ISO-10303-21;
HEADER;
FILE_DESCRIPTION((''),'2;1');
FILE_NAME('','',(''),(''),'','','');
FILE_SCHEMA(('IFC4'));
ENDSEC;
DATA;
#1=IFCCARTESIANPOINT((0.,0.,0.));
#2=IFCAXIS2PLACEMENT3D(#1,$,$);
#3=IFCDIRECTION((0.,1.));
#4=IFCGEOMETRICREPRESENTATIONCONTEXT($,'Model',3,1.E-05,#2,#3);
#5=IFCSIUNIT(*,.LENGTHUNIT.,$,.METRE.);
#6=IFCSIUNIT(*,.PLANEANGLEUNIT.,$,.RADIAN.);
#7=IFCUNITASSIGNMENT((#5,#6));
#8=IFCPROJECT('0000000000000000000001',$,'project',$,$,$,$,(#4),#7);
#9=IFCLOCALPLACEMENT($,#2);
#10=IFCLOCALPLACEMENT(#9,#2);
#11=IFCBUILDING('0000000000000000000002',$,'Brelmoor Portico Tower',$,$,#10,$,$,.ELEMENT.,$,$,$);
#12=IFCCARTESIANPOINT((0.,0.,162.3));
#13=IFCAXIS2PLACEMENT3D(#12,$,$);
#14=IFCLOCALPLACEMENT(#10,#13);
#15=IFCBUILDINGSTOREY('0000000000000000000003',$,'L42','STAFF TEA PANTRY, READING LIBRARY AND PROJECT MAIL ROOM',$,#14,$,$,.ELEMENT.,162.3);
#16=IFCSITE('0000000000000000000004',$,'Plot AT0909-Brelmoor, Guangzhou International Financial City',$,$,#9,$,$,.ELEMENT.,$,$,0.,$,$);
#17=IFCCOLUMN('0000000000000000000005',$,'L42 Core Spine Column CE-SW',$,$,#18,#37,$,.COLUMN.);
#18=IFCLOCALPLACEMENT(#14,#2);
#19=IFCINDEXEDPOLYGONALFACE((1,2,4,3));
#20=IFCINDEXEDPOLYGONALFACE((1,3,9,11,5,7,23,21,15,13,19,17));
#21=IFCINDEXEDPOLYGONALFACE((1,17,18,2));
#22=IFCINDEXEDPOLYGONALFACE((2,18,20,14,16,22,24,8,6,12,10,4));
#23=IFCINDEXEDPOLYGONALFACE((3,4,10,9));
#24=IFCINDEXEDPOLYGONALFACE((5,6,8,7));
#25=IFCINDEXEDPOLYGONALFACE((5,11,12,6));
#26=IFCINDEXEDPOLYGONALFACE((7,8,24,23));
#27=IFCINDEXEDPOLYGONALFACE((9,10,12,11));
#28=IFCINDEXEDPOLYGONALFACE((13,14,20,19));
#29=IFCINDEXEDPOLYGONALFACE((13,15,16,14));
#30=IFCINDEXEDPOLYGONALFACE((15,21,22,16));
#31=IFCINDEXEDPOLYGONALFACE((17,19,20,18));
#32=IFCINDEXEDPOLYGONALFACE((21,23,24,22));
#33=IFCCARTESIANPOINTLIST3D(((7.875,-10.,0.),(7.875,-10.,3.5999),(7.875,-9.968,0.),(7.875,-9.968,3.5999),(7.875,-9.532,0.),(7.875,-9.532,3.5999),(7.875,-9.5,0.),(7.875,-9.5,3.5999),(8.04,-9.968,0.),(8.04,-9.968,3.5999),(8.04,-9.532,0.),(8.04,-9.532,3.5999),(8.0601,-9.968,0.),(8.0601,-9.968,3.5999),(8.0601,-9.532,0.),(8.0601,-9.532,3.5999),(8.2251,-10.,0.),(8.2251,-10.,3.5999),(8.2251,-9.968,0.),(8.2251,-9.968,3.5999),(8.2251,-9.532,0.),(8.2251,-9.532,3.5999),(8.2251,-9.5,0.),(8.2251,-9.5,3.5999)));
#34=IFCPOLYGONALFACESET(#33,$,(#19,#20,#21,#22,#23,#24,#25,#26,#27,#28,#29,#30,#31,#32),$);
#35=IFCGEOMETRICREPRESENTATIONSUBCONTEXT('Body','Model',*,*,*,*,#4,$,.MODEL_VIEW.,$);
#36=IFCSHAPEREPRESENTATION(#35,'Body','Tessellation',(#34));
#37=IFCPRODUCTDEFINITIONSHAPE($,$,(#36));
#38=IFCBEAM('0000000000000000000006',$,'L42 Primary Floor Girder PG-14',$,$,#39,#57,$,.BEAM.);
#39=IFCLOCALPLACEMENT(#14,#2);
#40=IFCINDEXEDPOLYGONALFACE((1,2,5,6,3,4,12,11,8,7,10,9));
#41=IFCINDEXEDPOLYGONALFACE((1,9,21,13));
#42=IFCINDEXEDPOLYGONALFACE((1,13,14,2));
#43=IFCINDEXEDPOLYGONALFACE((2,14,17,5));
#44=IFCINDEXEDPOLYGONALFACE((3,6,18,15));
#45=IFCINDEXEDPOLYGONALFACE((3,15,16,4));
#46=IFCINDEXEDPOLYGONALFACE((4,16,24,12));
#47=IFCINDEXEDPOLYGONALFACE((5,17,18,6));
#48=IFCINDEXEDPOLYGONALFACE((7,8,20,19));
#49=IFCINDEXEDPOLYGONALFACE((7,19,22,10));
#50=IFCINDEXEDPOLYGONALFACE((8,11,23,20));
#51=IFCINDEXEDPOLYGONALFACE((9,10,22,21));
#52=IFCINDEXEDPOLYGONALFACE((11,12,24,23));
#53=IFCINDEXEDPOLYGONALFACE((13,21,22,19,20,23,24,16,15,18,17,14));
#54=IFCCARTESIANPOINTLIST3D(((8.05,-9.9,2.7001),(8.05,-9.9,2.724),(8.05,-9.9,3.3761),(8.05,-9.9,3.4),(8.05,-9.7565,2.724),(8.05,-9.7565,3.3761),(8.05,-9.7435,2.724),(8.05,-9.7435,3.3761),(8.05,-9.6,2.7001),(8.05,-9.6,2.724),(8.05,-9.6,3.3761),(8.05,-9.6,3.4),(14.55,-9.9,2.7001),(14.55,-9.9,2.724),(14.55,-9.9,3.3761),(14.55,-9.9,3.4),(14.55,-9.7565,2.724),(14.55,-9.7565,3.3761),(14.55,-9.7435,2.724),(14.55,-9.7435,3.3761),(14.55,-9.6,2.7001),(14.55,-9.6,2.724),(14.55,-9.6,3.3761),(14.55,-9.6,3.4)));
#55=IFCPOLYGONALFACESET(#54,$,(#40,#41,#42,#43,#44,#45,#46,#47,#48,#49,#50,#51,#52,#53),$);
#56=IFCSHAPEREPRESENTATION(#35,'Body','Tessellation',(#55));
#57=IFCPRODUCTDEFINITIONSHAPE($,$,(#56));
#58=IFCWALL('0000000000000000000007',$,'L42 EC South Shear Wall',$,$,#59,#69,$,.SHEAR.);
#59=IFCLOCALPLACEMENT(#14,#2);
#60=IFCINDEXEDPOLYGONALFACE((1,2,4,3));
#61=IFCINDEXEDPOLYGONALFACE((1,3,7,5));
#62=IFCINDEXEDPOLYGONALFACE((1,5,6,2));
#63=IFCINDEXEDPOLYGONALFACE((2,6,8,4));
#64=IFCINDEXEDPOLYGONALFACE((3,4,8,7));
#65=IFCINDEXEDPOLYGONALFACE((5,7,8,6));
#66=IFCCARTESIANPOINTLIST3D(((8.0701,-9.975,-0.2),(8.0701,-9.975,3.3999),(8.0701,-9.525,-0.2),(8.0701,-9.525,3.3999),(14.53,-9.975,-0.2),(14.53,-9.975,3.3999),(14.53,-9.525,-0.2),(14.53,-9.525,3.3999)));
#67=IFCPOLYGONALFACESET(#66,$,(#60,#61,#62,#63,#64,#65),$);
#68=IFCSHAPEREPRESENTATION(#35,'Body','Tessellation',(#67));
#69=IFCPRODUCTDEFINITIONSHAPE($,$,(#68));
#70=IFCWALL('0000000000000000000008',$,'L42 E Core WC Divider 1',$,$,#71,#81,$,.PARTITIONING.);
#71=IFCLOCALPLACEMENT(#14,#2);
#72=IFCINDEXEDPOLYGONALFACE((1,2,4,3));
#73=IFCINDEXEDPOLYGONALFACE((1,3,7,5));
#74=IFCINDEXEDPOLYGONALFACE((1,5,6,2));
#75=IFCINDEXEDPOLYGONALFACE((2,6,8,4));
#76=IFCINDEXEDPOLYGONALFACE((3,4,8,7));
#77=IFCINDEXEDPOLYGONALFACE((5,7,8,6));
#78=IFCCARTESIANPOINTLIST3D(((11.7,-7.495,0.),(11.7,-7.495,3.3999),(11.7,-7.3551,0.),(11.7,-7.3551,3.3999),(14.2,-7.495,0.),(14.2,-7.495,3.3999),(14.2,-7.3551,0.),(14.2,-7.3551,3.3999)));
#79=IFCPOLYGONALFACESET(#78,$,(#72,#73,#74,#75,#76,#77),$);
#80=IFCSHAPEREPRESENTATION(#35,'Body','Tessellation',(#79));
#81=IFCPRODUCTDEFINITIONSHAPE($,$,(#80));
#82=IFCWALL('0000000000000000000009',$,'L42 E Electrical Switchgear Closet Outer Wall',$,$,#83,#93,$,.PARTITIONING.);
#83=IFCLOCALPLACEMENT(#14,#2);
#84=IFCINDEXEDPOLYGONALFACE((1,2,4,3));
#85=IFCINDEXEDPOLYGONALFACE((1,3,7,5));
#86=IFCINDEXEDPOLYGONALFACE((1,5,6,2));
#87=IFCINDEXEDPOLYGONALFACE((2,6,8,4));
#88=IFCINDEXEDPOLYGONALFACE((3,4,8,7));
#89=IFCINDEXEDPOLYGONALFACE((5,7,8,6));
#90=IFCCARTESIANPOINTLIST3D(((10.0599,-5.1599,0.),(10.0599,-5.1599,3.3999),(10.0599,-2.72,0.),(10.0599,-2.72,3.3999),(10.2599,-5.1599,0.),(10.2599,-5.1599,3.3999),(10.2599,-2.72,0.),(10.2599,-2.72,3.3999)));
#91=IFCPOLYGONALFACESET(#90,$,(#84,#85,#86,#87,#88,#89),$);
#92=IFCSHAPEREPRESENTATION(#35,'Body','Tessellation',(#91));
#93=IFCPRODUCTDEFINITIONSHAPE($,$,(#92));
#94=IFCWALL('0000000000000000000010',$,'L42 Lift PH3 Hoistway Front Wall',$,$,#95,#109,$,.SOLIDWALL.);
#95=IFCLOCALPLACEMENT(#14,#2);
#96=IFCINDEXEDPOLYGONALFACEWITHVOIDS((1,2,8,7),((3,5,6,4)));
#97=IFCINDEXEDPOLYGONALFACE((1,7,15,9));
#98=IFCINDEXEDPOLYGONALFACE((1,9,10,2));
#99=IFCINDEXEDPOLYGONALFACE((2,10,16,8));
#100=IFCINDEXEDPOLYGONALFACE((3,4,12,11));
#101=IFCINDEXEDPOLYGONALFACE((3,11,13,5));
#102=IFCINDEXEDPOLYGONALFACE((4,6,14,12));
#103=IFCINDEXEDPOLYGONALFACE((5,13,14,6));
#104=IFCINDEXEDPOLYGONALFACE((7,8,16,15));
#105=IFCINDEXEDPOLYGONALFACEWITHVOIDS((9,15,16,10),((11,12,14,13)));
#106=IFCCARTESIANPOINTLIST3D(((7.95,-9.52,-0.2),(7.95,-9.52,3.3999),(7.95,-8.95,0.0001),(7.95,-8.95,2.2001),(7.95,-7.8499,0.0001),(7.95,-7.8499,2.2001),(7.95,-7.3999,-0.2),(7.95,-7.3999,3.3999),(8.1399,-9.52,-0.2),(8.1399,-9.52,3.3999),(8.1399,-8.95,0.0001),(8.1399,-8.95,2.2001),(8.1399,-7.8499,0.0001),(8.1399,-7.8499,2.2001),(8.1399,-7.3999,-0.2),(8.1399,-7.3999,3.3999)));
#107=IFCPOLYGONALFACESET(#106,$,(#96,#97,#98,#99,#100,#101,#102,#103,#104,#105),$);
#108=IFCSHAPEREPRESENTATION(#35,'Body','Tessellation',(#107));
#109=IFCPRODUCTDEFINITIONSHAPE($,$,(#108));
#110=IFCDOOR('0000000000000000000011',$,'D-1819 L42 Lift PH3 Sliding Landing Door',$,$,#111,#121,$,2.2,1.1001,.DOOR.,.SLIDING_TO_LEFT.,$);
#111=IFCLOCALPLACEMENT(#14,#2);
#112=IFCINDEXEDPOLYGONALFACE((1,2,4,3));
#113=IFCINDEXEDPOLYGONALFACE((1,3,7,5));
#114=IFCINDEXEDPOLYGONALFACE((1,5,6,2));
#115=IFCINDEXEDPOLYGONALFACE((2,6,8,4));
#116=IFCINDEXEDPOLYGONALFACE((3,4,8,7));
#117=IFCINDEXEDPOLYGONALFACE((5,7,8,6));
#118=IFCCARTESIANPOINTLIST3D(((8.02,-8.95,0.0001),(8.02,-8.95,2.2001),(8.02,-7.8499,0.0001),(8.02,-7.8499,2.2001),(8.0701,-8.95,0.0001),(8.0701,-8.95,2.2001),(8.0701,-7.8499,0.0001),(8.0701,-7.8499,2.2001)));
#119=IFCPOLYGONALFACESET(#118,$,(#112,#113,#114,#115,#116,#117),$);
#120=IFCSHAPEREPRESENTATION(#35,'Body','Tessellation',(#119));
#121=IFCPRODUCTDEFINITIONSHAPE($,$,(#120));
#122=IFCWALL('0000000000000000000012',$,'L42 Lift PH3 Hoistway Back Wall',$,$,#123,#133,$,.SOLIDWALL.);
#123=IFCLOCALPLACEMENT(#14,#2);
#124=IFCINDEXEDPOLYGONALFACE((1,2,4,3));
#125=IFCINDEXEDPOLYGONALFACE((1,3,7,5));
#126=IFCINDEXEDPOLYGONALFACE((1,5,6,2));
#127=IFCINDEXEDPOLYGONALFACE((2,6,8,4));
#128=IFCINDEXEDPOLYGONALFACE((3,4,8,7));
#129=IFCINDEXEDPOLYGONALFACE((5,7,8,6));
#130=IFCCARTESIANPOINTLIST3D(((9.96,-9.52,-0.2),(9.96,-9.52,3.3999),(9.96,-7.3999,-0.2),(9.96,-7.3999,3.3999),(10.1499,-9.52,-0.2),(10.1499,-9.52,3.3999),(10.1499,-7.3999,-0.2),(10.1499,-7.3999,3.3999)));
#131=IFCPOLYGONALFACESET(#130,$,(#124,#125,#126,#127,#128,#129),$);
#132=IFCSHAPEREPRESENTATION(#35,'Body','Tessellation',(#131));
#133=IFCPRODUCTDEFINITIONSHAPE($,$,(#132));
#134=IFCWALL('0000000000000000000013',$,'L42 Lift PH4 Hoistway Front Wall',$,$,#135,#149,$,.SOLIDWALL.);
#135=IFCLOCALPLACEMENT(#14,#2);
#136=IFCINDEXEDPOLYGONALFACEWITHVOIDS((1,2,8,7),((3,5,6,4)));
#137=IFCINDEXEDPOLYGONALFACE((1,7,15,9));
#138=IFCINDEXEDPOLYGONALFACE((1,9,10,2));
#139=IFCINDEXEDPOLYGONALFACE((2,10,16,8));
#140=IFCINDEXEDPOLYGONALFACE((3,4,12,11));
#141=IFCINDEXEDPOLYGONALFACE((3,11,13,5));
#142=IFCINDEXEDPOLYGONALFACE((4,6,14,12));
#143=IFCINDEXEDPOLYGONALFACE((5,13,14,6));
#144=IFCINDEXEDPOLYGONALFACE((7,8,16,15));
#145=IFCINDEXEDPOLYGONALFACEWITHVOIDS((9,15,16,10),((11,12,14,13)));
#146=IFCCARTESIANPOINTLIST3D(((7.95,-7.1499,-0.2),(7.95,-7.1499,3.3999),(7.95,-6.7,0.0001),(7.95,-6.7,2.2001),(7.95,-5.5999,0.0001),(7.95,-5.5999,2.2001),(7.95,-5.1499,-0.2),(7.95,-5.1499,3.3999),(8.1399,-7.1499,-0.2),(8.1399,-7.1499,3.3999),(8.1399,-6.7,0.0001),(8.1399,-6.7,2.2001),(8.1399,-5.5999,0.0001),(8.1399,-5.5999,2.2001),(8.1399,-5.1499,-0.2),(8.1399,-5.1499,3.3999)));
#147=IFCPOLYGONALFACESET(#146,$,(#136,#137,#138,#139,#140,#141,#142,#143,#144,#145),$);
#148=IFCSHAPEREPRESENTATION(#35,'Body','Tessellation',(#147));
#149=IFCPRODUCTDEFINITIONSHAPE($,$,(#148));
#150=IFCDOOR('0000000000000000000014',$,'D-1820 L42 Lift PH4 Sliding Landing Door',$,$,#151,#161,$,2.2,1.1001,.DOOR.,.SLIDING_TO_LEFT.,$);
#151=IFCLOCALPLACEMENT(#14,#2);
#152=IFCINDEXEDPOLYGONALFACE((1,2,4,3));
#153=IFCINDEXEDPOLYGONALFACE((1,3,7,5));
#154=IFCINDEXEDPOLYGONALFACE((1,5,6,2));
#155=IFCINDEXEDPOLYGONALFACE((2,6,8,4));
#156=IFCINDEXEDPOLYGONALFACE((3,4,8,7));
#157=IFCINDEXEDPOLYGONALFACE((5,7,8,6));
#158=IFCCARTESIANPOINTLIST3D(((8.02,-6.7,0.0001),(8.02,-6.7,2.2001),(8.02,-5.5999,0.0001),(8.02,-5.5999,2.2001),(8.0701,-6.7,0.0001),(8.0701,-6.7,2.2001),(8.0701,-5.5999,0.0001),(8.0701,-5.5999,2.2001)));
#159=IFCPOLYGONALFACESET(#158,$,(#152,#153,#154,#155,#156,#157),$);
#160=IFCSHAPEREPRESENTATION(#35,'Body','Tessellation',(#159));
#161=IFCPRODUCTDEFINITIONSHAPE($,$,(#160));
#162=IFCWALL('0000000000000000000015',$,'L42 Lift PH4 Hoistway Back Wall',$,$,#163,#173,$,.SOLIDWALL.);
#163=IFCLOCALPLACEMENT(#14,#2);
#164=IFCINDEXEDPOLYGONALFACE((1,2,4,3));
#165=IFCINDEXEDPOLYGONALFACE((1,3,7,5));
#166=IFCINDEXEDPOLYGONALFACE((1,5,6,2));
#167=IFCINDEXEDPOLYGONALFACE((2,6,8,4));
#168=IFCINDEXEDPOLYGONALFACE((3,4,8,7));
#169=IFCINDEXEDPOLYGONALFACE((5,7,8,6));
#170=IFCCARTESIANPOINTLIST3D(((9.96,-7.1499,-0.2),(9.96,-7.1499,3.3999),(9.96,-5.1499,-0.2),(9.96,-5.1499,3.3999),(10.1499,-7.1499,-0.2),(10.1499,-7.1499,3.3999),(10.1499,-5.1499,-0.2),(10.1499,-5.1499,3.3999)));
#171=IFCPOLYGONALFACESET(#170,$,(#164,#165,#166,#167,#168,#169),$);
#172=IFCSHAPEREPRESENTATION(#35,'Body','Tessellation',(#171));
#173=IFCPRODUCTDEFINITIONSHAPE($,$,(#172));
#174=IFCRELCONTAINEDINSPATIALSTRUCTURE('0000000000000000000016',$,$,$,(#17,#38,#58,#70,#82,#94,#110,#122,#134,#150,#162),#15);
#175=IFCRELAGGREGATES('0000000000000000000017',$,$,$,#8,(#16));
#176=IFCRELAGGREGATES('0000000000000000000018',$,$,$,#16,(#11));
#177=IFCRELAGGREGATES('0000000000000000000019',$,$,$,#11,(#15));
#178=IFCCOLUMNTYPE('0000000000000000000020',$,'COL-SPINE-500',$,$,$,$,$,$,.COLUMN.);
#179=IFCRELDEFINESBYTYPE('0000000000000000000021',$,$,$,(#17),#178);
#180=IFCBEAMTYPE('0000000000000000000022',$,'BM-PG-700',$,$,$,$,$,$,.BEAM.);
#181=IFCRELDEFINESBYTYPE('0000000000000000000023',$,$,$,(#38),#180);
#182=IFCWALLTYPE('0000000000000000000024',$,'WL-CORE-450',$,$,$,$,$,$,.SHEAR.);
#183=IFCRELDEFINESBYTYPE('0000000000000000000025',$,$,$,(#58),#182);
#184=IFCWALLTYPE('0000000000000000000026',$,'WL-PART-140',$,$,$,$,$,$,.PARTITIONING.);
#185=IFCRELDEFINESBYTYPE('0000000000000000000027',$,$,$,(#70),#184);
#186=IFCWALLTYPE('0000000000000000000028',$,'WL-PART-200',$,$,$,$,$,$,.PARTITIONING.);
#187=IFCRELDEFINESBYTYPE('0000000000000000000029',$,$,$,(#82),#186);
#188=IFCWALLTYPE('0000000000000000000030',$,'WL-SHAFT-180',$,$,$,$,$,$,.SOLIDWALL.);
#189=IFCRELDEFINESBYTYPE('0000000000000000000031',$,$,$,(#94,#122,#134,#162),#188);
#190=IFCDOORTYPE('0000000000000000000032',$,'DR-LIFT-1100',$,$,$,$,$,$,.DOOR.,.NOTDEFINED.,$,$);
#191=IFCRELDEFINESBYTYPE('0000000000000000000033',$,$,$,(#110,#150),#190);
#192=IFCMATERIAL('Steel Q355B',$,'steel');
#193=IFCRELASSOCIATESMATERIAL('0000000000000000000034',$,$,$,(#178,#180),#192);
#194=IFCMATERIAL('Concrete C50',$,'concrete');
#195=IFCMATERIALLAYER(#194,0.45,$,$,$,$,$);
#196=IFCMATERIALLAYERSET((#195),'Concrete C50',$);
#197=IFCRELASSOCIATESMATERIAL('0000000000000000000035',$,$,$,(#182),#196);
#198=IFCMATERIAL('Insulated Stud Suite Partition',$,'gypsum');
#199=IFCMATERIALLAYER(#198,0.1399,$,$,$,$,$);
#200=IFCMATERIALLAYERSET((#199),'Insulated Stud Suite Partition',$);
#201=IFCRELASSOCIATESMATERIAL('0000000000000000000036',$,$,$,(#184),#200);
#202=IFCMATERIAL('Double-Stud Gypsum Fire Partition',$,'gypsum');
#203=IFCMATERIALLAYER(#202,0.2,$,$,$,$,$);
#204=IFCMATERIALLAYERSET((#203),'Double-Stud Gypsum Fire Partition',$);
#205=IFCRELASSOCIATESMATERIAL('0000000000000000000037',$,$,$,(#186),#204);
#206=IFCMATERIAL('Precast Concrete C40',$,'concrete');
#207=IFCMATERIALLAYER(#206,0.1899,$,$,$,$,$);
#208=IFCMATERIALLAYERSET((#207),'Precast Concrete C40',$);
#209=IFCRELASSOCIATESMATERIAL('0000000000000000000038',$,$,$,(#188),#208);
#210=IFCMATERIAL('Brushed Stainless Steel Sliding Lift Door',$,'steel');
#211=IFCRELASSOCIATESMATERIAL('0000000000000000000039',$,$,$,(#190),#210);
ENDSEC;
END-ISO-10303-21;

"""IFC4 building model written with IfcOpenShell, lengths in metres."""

from ifc_helpers import new_model, si_unit, direction, frame, frame_2d, origin, origin_2d, place, context, subcontext, project, spatial, rectangle, i_section, extrude, material, layer, layer_set, material_profile, profile_set, type_object, element, fill, save


model = new_model("IFC4")

# Units and contexts
model_context = context("Model", 3, precision=1e-05, world=origin(), true_north=direction((0.0, 1.0)))
body_context = subcontext(model_context, "Body", "Model", "MODEL_VIEW")
ifc_project = project(units=[si_unit("LENGTHUNIT", "METRE"), si_unit("PLANEANGLEUNIT", "RADIAN")], contexts=[model_context])

# Site, building, storey
site_placement = place(None, origin())
site = spatial("IfcSite", under=ifc_project, at=site_placement, Name="Plot AT0909-Brelmoor, Guangzhou International Financial City", CompositionType="ELEMENT", RefElevation=0.0)
building_placement = place(site_placement, origin())
building = spatial("IfcBuilding", under=site, at=building_placement, Name="Brelmoor Portico Tower", CompositionType="ELEMENT")
storey_placement = place(building_placement, frame((0.0, 0.0, 162.3)))
storey = spatial("IfcBuildingStorey", under=building, at=storey_placement, Name="L42", Description="STAFF TEA PANTRY, READING LIBRARY AND PROJECT MAIL ROOM", CompositionType="ELEMENT", Elevation=162.3)

# Column
ifc_material_1 = material(Name="Steel Q355B", Category="steel")
ifc_material_profile_1 = material_profile(ifc_material_1, i_section(OverallWidth=0.3501, OverallDepth=0.5, WebThickness=0.02, FlangeThickness=0.032, at=origin_2d()), Name="HW 500x350x20x32")
ifc_profile_set_1 = profile_set([ifc_material_profile_1], Name="Steel Q355B")
column_type = type_object("IfcColumnType", Name="COL-SPINE-500", PredefinedType="COLUMN", material=ifc_profile_set_1)
column_placement = place(storey_placement, frame((8.05, -9.75, 0.0), z_axis=(0.0, 0.0, 1.0), x_axis=(1.0, 0.0, 0.0)))
element("IfcColumn", 1, at=column_placement, inside=storey, type_object=column_type, Name="L42 Core Spine Column CE-SW", PredefinedType="COLUMN", context=body_context, shape_type="SweptSolid", body=[
    extrude(i_section(OverallWidth=0.3501, OverallDepth=0.5, WebThickness=0.02, FlangeThickness=0.032, at=origin_2d()), origin(), (0.0, 0.0, 1.0), 3.5999),
])

# Beam
ifc_material_profile_2 = material_profile(ifc_material_1, i_section(OverallWidth=0.3, OverallDepth=0.7, WebThickness=0.0129, FlangeThickness=0.0239, at=origin_2d()), Name="HN 700x300x13x24")
ifc_profile_set_2 = profile_set([ifc_material_profile_2], Name="Steel Q355B")
beam_type = type_object("IfcBeamType", Name="BM-PG-700", PredefinedType="BEAM", material=ifc_profile_set_2)
beam_placement = place(storey_placement, frame((8.05, -9.75, 3.05), z_axis=(1.0, 0.0, 0.0), x_axis=(0.0, 1.0, 0.0)))
element("IfcBeam", 2, at=beam_placement, inside=storey, type_object=beam_type, Name="L42 Primary Floor Girder PG-14", PredefinedType="BEAM", context=body_context, shape_type="SweptSolid", body=[
    extrude(i_section(OverallWidth=0.3, OverallDepth=0.7, WebThickness=0.0129, FlangeThickness=0.0239, at=origin_2d()), origin(), (0.0, 0.0, 1.0), 6.5),
])

# Walls
ifc_material_2 = material(Name="Concrete C50", Category="concrete")
ifc_layer_1 = layer(ifc_material_2, 0.45)
ifc_layer_set_1 = layer_set([ifc_layer_1], Name="Concrete C50")
wall_type_1 = type_object("IfcWallType", Name="WL-CORE-450", PredefinedType="SHEAR", material=ifc_layer_set_1)
wall_1_placement = place(storey_placement, frame((8.0701, -9.75, -0.2), z_axis=(0.0, 0.0, 1.0), x_axis=(1.0, 0.0, 0.0)))
element("IfcWall", 3, at=wall_1_placement, inside=storey, type_object=wall_type_1, Name="L42 EC South Shear Wall", PredefinedType="SHEAR", context=body_context, shape_type="SweptSolid", body=[
    extrude(rectangle(XDim=6.46, YDim=0.45, at=frame_2d((3.23, 0.0))), origin(), (0.0, 0.0, 1.0), 3.5999),
])
ifc_material_3 = material(Name="Insulated Stud Suite Partition", Category="gypsum")
ifc_layer_2 = layer(ifc_material_3, 0.1399)
ifc_layer_set_2 = layer_set([ifc_layer_2], Name="Insulated Stud Suite Partition")
wall_type_2 = type_object("IfcWallType", Name="WL-PART-140", PredefinedType="PARTITIONING", material=ifc_layer_set_2)
wall_2_placement = place(storey_placement, frame((11.7, -7.425, 0.0), z_axis=(0.0, 0.0, 1.0), x_axis=(1.0, 0.0, 0.0)))
element("IfcWall", 4, at=wall_2_placement, inside=storey, type_object=wall_type_2, Name="L42 E Core WC Divider 1", PredefinedType="PARTITIONING", context=body_context, shape_type="SweptSolid", body=[
    extrude(rectangle(XDim=2.5, YDim=0.1399, at=frame_2d((1.25, 0.0))), origin(), (0.0, 0.0, 1.0), 3.3999),
])

# Shared definitions
ifc_material_4 = material(Name="Double-Stud Gypsum Fire Partition", Category="gypsum")
ifc_layer_3 = layer(ifc_material_4, 0.2)
ifc_layer_set_3 = layer_set([ifc_layer_3], Name="Double-Stud Gypsum Fire Partition")
wall_type_3 = type_object("IfcWallType", Name="WL-PART-200", PredefinedType="PARTITIONING", material=ifc_layer_set_3)

# Wall
wall_3_placement = place(storey_placement, frame((10.1599, -5.1599, 0.0), z_axis=(0.0, 0.0, 1.0), x_axis=(0.0, 1.0, 0.0)))
element("IfcWall", 5, at=wall_3_placement, inside=storey, type_object=wall_type_3, Name="L42 E Electrical Switchgear Closet Outer Wall", PredefinedType="PARTITIONING", context=body_context, shape_type="SweptSolid", body=[
    extrude(rectangle(XDim=2.4399, YDim=0.2, at=frame_2d((1.22, 0.0))), origin(), (0.0, 0.0, 1.0), 3.3999),
])

# Wall, opening, door
ifc_material_5 = material(Name="Precast Concrete C40", Category="concrete")
ifc_layer_4 = layer(ifc_material_5, 0.1899)
ifc_layer_set_4 = layer_set([ifc_layer_4], Name="Precast Concrete C40")
wall_type_4 = type_object("IfcWallType", Name="WL-SHAFT-180", PredefinedType="SOLIDWALL", material=ifc_layer_set_4)
wall_4_placement = place(storey_placement, frame((8.0449, -9.52, -0.2), z_axis=(0.0, 0.0, 1.0), x_axis=(0.0, 1.0, 0.0)))
wall_4 = element("IfcWall", 6, at=wall_4_placement, inside=storey, type_object=wall_type_4, Name="L42 Lift PH3 Hoistway Front Wall", PredefinedType="SOLIDWALL", context=body_context, shape_type="SweptSolid", body=[
    extrude(rectangle(XDim=2.1201, YDim=0.1899, at=frame_2d((1.0601, 0.0))), origin(), (0.0, 0.0, 1.0), 3.5999),
])
opening_1_placement = place(wall_4_placement, frame((0.5701, 0.0, 0.2)))
opening_1 = element("IfcOpeningElement", 7, at=opening_1_placement, cuts=wall_4, PredefinedType="OPENING", context=body_context, shape_type="SweptSolid", body=[
    extrude(rectangle(XDim=1.1001, YDim=2.2, at=frame_2d((0.55, 1.1001))), frame((0.0, 0.105, 0.0), z_axis=(0.0, -1.0, 0.0), x_axis=(1.0, 0.0, 0.0)), (0.0, 0.0, 1.0), 0.21),
])
ifc_material_6 = material(Name="Brushed Stainless Steel Sliding Lift Door", Category="steel")
door_type_1 = type_object("IfcDoorType", Name="DR-LIFT-1100", OperationType="NOTDEFINED", PredefinedType="DOOR", material=ifc_material_6)
door_1_placement = place(opening_1_placement, origin())
door_1 = element("IfcDoor", 8, at=door_1_placement, inside=storey, type_object=door_type_1, Name="D-1819 L42 Lift PH3 Sliding Landing Door", OperationType="SLIDING_TO_LEFT", OverallHeight=2.2, OverallWidth=1.1001, PredefinedType="DOOR", context=body_context, shape_type="SweptSolid", body=[
    extrude(rectangle(XDim=1.1001, YDim=2.2, at=frame_2d((0.55, 1.1001))), frame((0.0, 0.0249, 0.0), z_axis=(0.0, -1.0, 0.0), x_axis=(1.0, 0.0, 0.0)), (0.0, 0.0, 1.0), 0.05),
])
fill(opening_1, door_1)

# Wall
wall_5_placement = place(storey_placement, frame((10.0549, -9.52, -0.2), z_axis=(0.0, 0.0, 1.0), x_axis=(0.0, 1.0, 0.0)))
element("IfcWall", 9, at=wall_5_placement, inside=storey, type_object=wall_type_4, Name="L42 Lift PH3 Hoistway Back Wall", PredefinedType="SOLIDWALL", context=body_context, shape_type="SweptSolid", body=[
    extrude(rectangle(XDim=2.1201, YDim=0.1899, at=frame_2d((1.0601, 0.0))), origin(), (0.0, 0.0, 1.0), 3.5999),
])

# Wall, opening, door
wall_6_placement = place(storey_placement, frame((8.0449, -7.1499, -0.2), z_axis=(0.0, 0.0, 1.0), x_axis=(0.0, 1.0, 0.0)))
wall_6 = element("IfcWall", 10, at=wall_6_placement, inside=storey, type_object=wall_type_4, Name="L42 Lift PH4 Hoistway Front Wall", PredefinedType="SOLIDWALL", context=body_context, shape_type="SweptSolid", body=[
    extrude(rectangle(XDim=2.0, YDim=0.1899, at=frame_2d((1.0, 0.0))), origin(), (0.0, 0.0, 1.0), 3.5999),
])
opening_2_placement = place(wall_6_placement, frame((0.45, 0.0, 0.2)))
opening_2 = element("IfcOpeningElement", 11, at=opening_2_placement, cuts=wall_6, PredefinedType="OPENING", context=body_context, shape_type="SweptSolid", body=[
    extrude(rectangle(XDim=1.1001, YDim=2.2, at=frame_2d((0.55, 1.1001))), frame((0.0, 0.105, 0.0), z_axis=(0.0, -1.0, 0.0), x_axis=(1.0, 0.0, 0.0)), (0.0, 0.0, 1.0), 0.21),
])
door_2_placement = place(opening_2_placement, origin())
door_2 = element("IfcDoor", 12, at=door_2_placement, inside=storey, type_object=door_type_1, Name="D-1820 L42 Lift PH4 Sliding Landing Door", OperationType="SLIDING_TO_LEFT", OverallHeight=2.2, OverallWidth=1.1001, PredefinedType="DOOR", context=body_context, shape_type="SweptSolid", body=[
    extrude(rectangle(XDim=1.1001, YDim=2.2, at=frame_2d((0.55, 1.1001))), frame((0.0, 0.0249, 0.0), z_axis=(0.0, -1.0, 0.0), x_axis=(1.0, 0.0, 0.0)), (0.0, 0.0, 1.0), 0.05),
])
fill(opening_2, door_2)

# Wall
wall_7_placement = place(storey_placement, frame((10.0549, -7.1499, -0.2), z_axis=(0.0, 0.0, 1.0), x_axis=(0.0, 1.0, 0.0)))
element("IfcWall", 13, at=wall_7_placement, inside=storey, type_object=wall_type_4, Name="L42 Lift PH4 Hoistway Back Wall", PredefinedType="SOLIDWALL", context=body_context, shape_type="SweptSolid", body=[
    extrude(rectangle(XDim=2.0, YDim=0.1899, at=frame_2d((1.0, 0.0))), origin(), (0.0, 0.0, 1.0), 3.5999),
])

save(model, "model.ifc")
